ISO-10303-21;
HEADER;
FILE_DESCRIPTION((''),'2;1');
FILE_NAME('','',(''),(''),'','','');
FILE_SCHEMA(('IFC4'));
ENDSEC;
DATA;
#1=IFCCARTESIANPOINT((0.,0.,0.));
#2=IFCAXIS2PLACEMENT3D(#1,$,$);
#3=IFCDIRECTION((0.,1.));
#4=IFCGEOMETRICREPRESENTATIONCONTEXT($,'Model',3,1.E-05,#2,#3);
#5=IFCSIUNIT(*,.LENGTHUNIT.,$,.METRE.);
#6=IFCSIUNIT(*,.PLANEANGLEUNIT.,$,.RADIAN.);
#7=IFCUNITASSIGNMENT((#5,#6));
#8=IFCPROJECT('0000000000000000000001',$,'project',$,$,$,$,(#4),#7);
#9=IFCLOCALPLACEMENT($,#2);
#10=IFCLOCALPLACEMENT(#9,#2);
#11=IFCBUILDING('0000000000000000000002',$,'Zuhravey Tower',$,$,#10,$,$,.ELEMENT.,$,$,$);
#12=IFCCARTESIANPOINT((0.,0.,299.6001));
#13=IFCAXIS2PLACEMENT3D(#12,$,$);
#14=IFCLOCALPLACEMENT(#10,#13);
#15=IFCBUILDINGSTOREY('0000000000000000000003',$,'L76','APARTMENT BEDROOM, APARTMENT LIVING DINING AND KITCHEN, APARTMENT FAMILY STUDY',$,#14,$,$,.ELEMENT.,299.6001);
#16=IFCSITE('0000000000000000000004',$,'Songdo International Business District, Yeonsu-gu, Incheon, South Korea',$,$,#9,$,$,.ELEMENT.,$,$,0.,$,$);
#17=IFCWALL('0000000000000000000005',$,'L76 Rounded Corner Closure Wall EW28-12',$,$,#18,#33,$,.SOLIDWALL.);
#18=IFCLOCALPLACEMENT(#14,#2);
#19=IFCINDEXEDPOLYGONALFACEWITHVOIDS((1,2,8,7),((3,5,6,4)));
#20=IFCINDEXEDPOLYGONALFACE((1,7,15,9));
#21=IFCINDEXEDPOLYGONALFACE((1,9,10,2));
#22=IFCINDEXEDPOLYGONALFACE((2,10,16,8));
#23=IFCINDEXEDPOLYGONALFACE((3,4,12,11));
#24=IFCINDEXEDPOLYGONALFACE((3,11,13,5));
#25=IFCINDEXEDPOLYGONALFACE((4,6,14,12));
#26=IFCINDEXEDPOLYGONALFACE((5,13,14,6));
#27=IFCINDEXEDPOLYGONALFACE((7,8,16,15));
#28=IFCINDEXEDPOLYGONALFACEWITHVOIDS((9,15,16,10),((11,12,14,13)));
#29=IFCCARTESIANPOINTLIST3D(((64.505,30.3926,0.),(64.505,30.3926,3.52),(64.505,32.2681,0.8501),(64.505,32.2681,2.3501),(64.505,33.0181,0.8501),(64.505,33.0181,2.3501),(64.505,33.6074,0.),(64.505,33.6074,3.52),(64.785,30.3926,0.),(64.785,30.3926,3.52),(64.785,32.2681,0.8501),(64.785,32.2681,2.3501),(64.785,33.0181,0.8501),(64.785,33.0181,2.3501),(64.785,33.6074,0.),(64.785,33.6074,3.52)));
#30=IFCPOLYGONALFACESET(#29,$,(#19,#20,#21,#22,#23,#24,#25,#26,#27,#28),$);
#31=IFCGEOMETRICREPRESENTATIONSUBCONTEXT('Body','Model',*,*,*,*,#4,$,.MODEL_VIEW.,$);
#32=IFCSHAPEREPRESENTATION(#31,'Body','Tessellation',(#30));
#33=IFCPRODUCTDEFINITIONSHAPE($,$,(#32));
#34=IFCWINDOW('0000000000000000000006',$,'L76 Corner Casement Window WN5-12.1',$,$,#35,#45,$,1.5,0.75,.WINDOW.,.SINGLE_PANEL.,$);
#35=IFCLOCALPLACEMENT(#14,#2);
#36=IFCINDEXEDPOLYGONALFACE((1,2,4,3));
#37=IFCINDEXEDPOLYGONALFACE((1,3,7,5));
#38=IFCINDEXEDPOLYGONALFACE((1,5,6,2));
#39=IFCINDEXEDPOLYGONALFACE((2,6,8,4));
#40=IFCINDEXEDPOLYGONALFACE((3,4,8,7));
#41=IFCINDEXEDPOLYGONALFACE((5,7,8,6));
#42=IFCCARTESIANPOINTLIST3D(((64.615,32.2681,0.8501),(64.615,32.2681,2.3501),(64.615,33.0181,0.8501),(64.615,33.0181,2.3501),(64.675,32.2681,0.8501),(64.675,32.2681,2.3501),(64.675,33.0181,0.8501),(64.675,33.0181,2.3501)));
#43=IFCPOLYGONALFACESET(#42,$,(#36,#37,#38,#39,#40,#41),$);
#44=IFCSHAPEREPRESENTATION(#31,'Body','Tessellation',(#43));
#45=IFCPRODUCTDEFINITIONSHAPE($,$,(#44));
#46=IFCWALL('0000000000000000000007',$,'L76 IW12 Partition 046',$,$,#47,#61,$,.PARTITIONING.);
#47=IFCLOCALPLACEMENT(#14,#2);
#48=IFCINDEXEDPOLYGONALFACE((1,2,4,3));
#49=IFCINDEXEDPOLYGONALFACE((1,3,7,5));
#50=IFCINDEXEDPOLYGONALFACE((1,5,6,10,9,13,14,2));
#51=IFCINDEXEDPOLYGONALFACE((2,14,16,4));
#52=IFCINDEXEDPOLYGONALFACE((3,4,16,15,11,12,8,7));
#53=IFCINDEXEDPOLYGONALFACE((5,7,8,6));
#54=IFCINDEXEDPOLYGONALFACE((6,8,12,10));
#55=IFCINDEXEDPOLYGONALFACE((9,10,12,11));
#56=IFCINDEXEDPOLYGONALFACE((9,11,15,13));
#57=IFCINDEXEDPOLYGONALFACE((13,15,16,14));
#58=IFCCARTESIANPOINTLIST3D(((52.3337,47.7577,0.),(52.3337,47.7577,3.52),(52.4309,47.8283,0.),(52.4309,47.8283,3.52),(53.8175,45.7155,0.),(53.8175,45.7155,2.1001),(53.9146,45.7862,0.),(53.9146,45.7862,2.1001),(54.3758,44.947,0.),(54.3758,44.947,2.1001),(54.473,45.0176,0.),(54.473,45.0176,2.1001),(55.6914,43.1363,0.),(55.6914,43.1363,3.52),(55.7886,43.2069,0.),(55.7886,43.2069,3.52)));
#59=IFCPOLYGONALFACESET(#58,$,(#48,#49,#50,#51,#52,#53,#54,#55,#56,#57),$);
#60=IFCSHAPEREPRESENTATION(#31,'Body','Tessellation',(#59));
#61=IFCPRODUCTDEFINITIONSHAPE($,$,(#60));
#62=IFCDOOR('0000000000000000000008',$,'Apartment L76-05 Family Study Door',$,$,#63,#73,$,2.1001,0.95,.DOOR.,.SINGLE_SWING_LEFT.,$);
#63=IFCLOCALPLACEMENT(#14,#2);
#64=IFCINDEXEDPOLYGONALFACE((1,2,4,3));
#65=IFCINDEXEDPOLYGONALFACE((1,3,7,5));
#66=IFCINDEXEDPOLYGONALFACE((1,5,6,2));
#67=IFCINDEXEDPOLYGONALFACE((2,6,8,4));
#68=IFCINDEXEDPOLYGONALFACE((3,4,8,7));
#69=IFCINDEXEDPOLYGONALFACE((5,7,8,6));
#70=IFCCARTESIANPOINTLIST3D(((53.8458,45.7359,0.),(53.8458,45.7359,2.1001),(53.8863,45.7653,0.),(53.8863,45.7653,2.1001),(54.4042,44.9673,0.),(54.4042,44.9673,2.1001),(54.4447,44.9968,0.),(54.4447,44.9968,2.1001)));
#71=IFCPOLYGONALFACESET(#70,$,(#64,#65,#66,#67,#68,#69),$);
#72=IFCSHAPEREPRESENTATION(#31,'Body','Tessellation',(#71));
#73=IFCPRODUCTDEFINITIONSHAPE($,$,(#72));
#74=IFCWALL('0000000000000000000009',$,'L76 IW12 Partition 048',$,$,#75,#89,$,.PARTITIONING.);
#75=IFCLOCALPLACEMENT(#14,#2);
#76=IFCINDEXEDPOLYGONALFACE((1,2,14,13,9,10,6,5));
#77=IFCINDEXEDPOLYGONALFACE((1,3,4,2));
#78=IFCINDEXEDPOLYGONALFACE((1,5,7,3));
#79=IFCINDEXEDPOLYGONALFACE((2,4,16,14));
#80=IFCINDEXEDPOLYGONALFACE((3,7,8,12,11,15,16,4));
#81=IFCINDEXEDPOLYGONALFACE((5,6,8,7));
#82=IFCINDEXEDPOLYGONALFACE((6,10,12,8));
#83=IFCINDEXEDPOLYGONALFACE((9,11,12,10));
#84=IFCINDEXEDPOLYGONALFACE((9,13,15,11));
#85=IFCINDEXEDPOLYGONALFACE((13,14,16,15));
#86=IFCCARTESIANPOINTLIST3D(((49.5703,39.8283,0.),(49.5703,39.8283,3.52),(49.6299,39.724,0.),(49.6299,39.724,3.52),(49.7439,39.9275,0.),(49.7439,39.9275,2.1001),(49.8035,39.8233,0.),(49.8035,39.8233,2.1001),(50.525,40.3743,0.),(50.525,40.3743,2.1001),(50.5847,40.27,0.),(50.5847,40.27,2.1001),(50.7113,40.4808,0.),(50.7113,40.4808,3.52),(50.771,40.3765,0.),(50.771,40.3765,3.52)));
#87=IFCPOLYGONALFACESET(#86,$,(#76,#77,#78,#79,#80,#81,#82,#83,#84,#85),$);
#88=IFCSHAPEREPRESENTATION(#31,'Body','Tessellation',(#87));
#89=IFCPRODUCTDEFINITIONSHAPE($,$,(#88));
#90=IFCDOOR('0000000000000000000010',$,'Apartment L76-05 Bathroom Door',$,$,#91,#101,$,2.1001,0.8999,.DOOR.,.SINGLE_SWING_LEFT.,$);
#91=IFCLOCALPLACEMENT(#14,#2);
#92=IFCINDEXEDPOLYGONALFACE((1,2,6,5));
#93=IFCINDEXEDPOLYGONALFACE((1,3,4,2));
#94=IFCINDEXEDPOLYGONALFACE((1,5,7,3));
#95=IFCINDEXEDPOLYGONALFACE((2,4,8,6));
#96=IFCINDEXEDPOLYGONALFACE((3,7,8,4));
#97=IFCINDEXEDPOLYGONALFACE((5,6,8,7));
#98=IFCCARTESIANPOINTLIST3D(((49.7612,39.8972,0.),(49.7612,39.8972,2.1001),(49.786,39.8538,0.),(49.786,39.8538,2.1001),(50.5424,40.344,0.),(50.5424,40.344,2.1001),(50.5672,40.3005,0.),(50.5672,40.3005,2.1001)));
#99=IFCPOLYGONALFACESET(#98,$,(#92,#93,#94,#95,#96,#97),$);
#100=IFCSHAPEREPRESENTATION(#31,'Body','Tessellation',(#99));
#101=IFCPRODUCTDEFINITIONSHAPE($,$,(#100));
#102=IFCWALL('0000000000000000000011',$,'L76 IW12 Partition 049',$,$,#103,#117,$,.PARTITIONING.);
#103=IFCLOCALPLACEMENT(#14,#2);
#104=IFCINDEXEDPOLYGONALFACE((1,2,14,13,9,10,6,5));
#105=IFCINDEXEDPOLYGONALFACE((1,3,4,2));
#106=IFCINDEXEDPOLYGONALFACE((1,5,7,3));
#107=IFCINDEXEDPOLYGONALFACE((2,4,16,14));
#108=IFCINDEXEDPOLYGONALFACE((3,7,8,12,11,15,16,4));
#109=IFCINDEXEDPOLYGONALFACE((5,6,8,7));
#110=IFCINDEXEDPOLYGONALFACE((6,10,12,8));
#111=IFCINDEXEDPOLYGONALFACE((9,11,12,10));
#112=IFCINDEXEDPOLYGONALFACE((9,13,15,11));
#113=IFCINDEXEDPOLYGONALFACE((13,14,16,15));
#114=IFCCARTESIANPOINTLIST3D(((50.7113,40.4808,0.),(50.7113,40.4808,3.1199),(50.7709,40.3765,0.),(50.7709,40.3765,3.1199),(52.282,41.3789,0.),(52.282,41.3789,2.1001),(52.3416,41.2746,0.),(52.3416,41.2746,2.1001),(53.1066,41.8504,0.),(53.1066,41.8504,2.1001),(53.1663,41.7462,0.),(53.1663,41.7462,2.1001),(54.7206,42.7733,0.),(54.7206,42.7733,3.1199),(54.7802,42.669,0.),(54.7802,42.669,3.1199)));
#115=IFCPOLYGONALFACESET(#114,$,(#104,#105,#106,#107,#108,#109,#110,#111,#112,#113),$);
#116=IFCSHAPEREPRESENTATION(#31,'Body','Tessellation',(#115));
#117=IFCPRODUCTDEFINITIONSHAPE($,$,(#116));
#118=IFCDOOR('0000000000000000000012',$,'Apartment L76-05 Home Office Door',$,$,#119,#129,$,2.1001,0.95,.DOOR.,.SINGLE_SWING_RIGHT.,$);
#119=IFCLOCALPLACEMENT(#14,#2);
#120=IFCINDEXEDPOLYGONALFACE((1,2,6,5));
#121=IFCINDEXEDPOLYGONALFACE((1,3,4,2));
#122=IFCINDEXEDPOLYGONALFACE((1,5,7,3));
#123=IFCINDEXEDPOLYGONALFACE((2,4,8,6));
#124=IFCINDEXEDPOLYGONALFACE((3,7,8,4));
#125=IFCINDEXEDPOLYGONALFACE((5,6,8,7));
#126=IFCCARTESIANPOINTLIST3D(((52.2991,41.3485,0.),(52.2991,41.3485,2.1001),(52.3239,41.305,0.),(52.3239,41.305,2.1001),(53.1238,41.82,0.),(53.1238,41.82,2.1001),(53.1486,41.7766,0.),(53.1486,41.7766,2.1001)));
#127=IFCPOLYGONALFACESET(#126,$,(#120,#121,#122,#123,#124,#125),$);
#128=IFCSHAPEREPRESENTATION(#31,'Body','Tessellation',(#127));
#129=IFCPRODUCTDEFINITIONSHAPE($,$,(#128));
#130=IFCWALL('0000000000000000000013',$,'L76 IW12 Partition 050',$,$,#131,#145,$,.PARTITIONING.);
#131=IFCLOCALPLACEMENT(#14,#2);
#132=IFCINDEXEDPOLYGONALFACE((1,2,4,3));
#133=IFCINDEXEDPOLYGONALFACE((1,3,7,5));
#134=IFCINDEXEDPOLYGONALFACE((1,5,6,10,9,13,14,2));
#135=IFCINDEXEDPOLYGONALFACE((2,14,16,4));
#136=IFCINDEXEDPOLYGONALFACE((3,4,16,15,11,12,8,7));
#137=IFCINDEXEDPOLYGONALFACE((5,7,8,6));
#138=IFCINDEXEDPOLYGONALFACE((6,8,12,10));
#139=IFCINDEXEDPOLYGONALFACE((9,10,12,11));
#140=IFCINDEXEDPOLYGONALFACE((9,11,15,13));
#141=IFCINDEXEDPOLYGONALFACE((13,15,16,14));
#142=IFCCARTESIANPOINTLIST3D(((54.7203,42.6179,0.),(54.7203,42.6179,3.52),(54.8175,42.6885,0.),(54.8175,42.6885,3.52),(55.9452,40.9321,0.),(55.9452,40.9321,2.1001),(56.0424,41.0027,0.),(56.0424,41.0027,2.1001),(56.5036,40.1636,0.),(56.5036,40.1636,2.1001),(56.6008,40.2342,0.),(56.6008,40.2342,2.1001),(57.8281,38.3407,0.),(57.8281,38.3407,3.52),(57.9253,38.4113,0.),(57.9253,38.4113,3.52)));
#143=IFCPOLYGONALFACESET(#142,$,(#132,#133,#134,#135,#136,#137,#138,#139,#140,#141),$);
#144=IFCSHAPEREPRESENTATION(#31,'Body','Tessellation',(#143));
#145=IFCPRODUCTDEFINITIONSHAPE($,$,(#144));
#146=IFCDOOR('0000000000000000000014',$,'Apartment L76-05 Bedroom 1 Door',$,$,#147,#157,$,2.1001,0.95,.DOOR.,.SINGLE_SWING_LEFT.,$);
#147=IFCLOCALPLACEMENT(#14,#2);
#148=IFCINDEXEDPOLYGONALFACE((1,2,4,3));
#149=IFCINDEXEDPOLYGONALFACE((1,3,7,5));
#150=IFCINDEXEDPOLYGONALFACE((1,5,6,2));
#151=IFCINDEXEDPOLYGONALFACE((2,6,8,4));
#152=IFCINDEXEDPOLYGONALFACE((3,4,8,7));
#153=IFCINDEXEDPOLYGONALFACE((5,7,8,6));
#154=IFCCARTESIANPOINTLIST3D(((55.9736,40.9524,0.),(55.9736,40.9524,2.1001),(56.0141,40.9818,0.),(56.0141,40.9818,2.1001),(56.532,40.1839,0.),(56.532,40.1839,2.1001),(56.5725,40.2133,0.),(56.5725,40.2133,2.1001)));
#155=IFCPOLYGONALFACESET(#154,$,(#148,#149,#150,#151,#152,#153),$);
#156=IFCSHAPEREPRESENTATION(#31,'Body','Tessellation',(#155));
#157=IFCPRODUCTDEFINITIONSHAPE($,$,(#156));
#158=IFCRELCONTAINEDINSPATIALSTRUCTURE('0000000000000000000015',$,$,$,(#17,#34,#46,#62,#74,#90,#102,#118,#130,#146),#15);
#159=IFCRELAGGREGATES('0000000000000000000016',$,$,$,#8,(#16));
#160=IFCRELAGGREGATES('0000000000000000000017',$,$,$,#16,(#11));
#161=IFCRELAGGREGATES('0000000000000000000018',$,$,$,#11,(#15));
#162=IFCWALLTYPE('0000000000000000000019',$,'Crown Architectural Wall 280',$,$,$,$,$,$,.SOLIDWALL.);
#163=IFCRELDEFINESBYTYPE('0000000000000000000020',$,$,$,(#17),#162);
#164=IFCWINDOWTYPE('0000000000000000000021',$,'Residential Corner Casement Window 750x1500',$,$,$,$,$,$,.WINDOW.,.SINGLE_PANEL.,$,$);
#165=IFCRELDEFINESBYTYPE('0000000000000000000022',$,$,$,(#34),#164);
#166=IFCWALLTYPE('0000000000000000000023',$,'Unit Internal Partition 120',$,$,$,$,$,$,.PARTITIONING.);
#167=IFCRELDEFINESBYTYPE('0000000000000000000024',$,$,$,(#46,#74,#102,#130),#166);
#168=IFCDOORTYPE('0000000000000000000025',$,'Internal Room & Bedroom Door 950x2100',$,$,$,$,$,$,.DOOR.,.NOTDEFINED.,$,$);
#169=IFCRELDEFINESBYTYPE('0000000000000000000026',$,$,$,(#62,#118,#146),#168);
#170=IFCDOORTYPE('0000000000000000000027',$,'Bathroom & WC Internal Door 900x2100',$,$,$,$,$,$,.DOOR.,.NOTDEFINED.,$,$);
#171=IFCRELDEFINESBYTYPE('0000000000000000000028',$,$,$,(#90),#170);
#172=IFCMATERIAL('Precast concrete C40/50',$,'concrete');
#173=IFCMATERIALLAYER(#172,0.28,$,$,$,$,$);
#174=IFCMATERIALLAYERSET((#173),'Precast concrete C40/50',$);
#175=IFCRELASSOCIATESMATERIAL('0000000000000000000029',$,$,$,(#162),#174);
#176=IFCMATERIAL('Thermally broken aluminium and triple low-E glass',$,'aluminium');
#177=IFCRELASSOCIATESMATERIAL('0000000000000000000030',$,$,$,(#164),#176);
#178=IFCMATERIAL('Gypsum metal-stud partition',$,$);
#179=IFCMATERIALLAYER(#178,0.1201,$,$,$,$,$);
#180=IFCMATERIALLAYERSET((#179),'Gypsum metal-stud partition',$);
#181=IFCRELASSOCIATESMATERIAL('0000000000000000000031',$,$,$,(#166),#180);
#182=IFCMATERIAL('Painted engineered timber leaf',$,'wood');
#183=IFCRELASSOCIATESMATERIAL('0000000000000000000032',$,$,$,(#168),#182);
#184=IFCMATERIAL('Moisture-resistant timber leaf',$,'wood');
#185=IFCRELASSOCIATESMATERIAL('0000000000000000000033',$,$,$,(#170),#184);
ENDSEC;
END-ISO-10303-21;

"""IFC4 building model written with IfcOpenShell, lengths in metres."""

from ifc_helpers import new_model, si_unit, direction, frame, frame_2d, origin, place, context, subcontext, project, spatial, rectangle, extrude, material, layer, layer_set, type_object, element, fill, save


model = new_model("IFC4")

# Units and contexts
model_context = context("Model", 3, precision=1e-05, world=origin(), true_north=direction((0.0, 1.0)))
body_context = subcontext(model_context, "Body", "Model", "MODEL_VIEW")
ifc_project = project(units=[si_unit("LENGTHUNIT", "METRE"), si_unit("PLANEANGLEUNIT", "RADIAN")], contexts=[model_context])

# Site, building, storey
site_placement = place(None, origin())
site = spatial("IfcSite", under=ifc_project, at=site_placement, Name="Songdo International Business District, Yeonsu-gu, Incheon, South Korea", CompositionType="ELEMENT", RefElevation=0.0)
building_placement = place(site_placement, origin())
building = spatial("IfcBuilding", under=site, at=building_placement, Name="Zuhravey Tower", CompositionType="ELEMENT")
storey_placement = place(building_placement, frame((0.0, 0.0, 299.6001)))
storey = spatial("IfcBuildingStorey", under=building, at=storey_placement, Name="L76", Description="APARTMENT BEDROOM, APARTMENT LIVING DINING AND KITCHEN, APARTMENT FAMILY STUDY", CompositionType="ELEMENT", Elevation=299.6001)

# Wall, opening, window
ifc_material_1 = material(Name="Precast concrete C40/50", Category="concrete")
ifc_layer_1 = layer(ifc_material_1, 0.28)
ifc_layer_set_1 = layer_set([ifc_layer_1], Name="Precast concrete C40/50")
wall_type_1 = type_object("IfcWallType", Name="Crown Architectural Wall 280", PredefinedType="SOLIDWALL", material=ifc_layer_set_1)
wall_1_placement = place(storey_placement, frame((64.645, 33.6074, 0.0), z_axis=(0.0, 0.0, 1.0), x_axis=(0.0, -1.0, 0.0)))
wall_1 = element("IfcWall", 1, at=wall_1_placement, inside=storey, type_object=wall_type_1, Name="L76 Rounded Corner Closure Wall EW28-12", PredefinedType="SOLIDWALL", context=body_context, shape_type="SweptSolid", body=[
    extrude(rectangle(XDim=3.2148, YDim=0.28, at=frame_2d((1.6074, 0.0))), origin(), (0.0, 0.0, 1.0), 3.52),
])
opening_1_placement = place(wall_1_placement, frame((0.5894, 0.0, 0.8501)))
opening_1 = element("IfcOpeningElement", 2, at=opening_1_placement, cuts=wall_1, PredefinedType="OPENING", context=body_context, shape_type="SweptSolid", body=[
    extrude(rectangle(XDim=0.75, YDim=1.5, at=frame_2d((0.375, 0.75))), frame((0.0, 0.1521, 0.0), z_axis=(0.0, -1.0, 0.0), x_axis=(1.0, 0.0, 0.0)), (0.0, 0.0, 1.0), 0.304),
])
ifc_material_2 = material(Name="Thermally broken aluminium and triple low-E glass", Category="aluminium")
window_type = type_object("IfcWindowType", Name="Residential Corner Casement Window 750x1500", PartitioningType="SINGLE_PANEL", PredefinedType="WINDOW", material=ifc_material_2)
window_placement = place(opening_1_placement, origin())
window = element("IfcWindow", 3, at=window_placement, inside=storey, type_object=window_type, Name="L76 Corner Casement Window WN5-12.1", OverallHeight=1.5, OverallWidth=0.75, PartitioningType="SINGLE_PANEL", PredefinedType="WINDOW", context=body_context, shape_type="SweptSolid", body=[
    extrude(rectangle(XDim=0.75, YDim=1.5, at=frame_2d((0.375, 0.75))), frame((0.0, 0.03, 0.0), z_axis=(0.0, -1.0, 0.0), x_axis=(1.0, 0.0, 0.0)), (0.0, 0.0, 1.0), 0.0601),
])
fill(opening_1, window)

# Walls, openings, doors
ifc_material_3 = material(Name="Gypsum metal-stud partition")
ifc_layer_2 = layer(ifc_material_3, 0.1201)
ifc_layer_set_2 = layer_set([ifc_layer_2], Name="Gypsum metal-stud partition")
wall_type_2 = type_object("IfcWallType", Name="Unit Internal Partition 120", PredefinedType="PARTITIONING", material=ifc_layer_set_2)
wall_2_placement = place(storey_placement, frame((55.74, 43.1716, 0.0), z_axis=(0.0, 0.0, 1.0), x_axis=(-0.587793, 0.809011, 0.0)))
wall_2 = element("IfcWall", 4, at=wall_2_placement, inside=storey, type_object=wall_type_2, Name="L76 IW12 Partition 046", PredefinedType="PARTITIONING", context=body_context, shape_type="SweptSolid", body=[
    extrude(rectangle(XDim=5.7124, YDim=0.1201, at=frame_2d((2.8562, 0.0))), origin(), (0.0, 0.0, 1.0), 3.52),
])
opening_2_placement = place(wall_2_placement, frame((2.238, 0.0, 0.0)))
opening_2 = element("IfcOpeningElement", 5, at=opening_2_placement, cuts=wall_2, PredefinedType="OPENING", context=body_context, shape_type="SweptSolid", body=[
    extrude(rectangle(XDim=0.95, YDim=2.1001, at=frame_2d((0.4751, 1.05))), frame((0.0, 0.072, 0.0), z_axis=(0.0, -1.0, 0.0), x_axis=(1.0, 0.0, 0.0)), (0.0, 0.0, 1.0), 0.144),
])
ifc_material_4 = material(Name="Painted engineered timber leaf", Category="wood")
door_type_1 = type_object("IfcDoorType", Name="Internal Room & Bedroom Door 950x2100", OperationType="NOTDEFINED", PredefinedType="DOOR", material=ifc_material_4)
door_1_placement = place(opening_2_placement, frame((0.95, 0.0, 0.0), z_axis=(0.0, 0.0, 1.0), x_axis=(-1.0, 0.0, 0.0)))
door_1 = element("IfcDoor", 6, at=door_1_placement, inside=storey, type_object=door_type_1, Name="Apartment L76-05 Family Study Door", OperationType="SINGLE_SWING_LEFT", OverallHeight=2.1001, OverallWidth=0.95, PredefinedType="DOOR", context=body_context, shape_type="SweptSolid", body=[
    extrude(rectangle(XDim=0.95, YDim=2.1001, at=frame_2d((0.4751, 1.05))), frame((0.0, 0.0249, 0.0), z_axis=(0.0, -1.0, 0.0), x_axis=(1.0, 0.0, 0.0)), (0.0, 0.0, 1.0), 0.05),
])
fill(opening_2, door_1)
wall_3_placement = place(storey_placement, frame((49.6001, 39.7761, 0.0), z_axis=(0.0, 0.0, 1.0), x_axis=(0.868072, 0.496439, 0.0)))
wall_3 = element("IfcWall", 7, at=wall_3_placement, inside=storey, type_object=wall_type_2, Name="L76 IW12 Partition 048", PredefinedType="PARTITIONING", context=body_context, shape_type="SweptSolid", body=[
    extrude(rectangle(XDim=1.3145, YDim=0.1201, at=frame_2d((0.6572, 0.0))), origin(), (0.0, 0.0, 1.0), 3.52),
])
opening_3_placement = place(wall_3_placement, frame((0.2, 0.0, 0.0)))
opening_3 = element("IfcOpeningElement", 8, at=opening_3_placement, cuts=wall_3, PredefinedType="OPENING", context=body_context, shape_type="SweptSolid", body=[
    extrude(rectangle(XDim=0.8999, YDim=2.1001, at=frame_2d((0.45, 1.05))), frame((0.0, 0.072, 0.0), z_axis=(0.0, -1.0, 0.0), x_axis=(1.0, 0.0, 0.0)), (0.0, 0.0, 1.0), 0.144),
])
ifc_material_5 = material(Name="Moisture-resistant timber leaf", Category="wood")
door_type_2 = type_object("IfcDoorType", Name="Bathroom & WC Internal Door 900x2100", OperationType="NOTDEFINED", PredefinedType="DOOR", material=ifc_material_5)
door_2_placement = place(opening_3_placement, frame((0.8999, 0.0, 0.0), z_axis=(0.0, 0.0, 1.0), x_axis=(-1.0, 0.0, 0.0)))
door_2 = element("IfcDoor", 9, at=door_2_placement, inside=storey, type_object=door_type_2, Name="Apartment L76-05 Bathroom Door", OperationType="SINGLE_SWING_LEFT", OverallHeight=2.1001, OverallWidth=0.8999, PredefinedType="DOOR", context=body_context, shape_type="SweptSolid", body=[
    extrude(rectangle(XDim=0.8999, YDim=2.1001, at=frame_2d((0.45, 1.05))), frame((0.0, 0.0249, 0.0), z_axis=(0.0, -1.0, 0.0), x_axis=(1.0, 0.0, 0.0)), (0.0, 0.0, 1.0), 0.05),
])
fill(opening_3, door_2)
wall_4_placement = place(storey_placement, frame((50.7412, 40.4287, 0.0), z_axis=(0.0, 0.0, 1.0), x_axis=(0.868106, 0.496378, 0.0)))
wall_4 = element("IfcWall", 10, at=wall_4_placement, inside=storey, type_object=wall_type_2, Name="L76 IW12 Partition 049", PredefinedType="PARTITIONING", context=body_context, shape_type="SweptSolid", body=[
    extrude(rectangle(XDim=4.6184, YDim=0.1201, at=frame_2d((2.3091, 0.0))), origin(), (0.0, 0.0, 1.0), 3.1199),
])
opening_4_placement = place(wall_4_placement, frame((1.8091, 0.0, 0.0)))
opening_4 = element("IfcOpeningElement", 11, at=opening_4_placement, cuts=wall_4, PredefinedType="OPENING", context=body_context, shape_type="SweptSolid", body=[
    extrude(rectangle(XDim=0.95, YDim=2.1001, at=frame_2d((0.4751, 1.05))), frame((0.0, 0.072, 0.0), z_axis=(0.0, -1.0, 0.0), x_axis=(1.0, 0.0, 0.0)), (0.0, 0.0, 1.0), 0.144),
])
door_3_placement = place(opening_4_placement, frame((0.95, 0.0, 0.0), z_axis=(0.0, 0.0, 1.0), x_axis=(-1.0, 0.0, 0.0)))
door_3 = element("IfcDoor", 12, at=door_3_placement, inside=storey, type_object=door_type_1, Name="Apartment L76-05 Home Office Door", OperationType="SINGLE_SWING_RIGHT", OverallHeight=2.1001, OverallWidth=0.95, PredefinedType="DOOR", context=body_context, shape_type="SweptSolid", body=[
    extrude(rectangle(XDim=0.95, YDim=2.1001, at=frame_2d((0.4751, 1.05))), frame((0.0, 0.0249, 0.0), z_axis=(0.0, -1.0, 0.0), x_axis=(1.0, 0.0, 0.0)), (0.0, 0.0, 1.0), 0.05),
])
fill(opening_4, door_3)
wall_5_placement = place(storey_placement, frame((57.8767, 38.376, 0.0), z_axis=(0.0, 0.0, 1.0), x_axis=(-0.587815, 0.808996, 0.0)))
wall_5 = element("IfcWall", 13, at=wall_5_placement, inside=storey, type_object=wall_type_2, Name="L76 IW12 Partition 050", PredefinedType="PARTITIONING", context=body_context, shape_type="SweptSolid", body=[
    extrude(rectangle(XDim=5.2871, YDim=0.1201, at=frame_2d((2.6436, 0.0))), origin(), (0.0, 0.0, 1.0), 3.52),
])
opening_5_placement = place(wall_5_placement, frame((2.2532, 0.0, 0.0)))
opening_5 = element("IfcOpeningElement", 14, at=opening_5_placement, cuts=wall_5, PredefinedType="OPENING", context=body_context, shape_type="SweptSolid", body=[
    extrude(rectangle(XDim=0.95, YDim=2.1001, at=frame_2d((0.4751, 1.05))), frame((0.0, 0.072, 0.0), z_axis=(0.0, -1.0, 0.0), x_axis=(1.0, 0.0, 0.0)), (0.0, 0.0, 1.0), 0.144),
])
door_4_placement = place(opening_5_placement, frame((0.95, 0.0, 0.0), z_axis=(0.0, 0.0, 1.0), x_axis=(-1.0, 0.0, 0.0)))
door_4 = element("IfcDoor", 15, at=door_4_placement, inside=storey, type_object=door_type_1, Name="Apartment L76-05 Bedroom 1 Door", OperationType="SINGLE_SWING_LEFT", OverallHeight=2.1001, OverallWidth=0.95, PredefinedType="DOOR", context=body_context, shape_type="SweptSolid", body=[
    extrude(rectangle(XDim=0.95, YDim=2.1001, at=frame_2d((0.4751, 1.05))), frame((0.0, 0.0249, 0.0), z_axis=(0.0, -1.0, 0.0), x_axis=(1.0, 0.0, 0.0)), (0.0, 0.0, 1.0), 0.05),
])
fill(opening_5, door_4)

save(model, "model.ifc")
